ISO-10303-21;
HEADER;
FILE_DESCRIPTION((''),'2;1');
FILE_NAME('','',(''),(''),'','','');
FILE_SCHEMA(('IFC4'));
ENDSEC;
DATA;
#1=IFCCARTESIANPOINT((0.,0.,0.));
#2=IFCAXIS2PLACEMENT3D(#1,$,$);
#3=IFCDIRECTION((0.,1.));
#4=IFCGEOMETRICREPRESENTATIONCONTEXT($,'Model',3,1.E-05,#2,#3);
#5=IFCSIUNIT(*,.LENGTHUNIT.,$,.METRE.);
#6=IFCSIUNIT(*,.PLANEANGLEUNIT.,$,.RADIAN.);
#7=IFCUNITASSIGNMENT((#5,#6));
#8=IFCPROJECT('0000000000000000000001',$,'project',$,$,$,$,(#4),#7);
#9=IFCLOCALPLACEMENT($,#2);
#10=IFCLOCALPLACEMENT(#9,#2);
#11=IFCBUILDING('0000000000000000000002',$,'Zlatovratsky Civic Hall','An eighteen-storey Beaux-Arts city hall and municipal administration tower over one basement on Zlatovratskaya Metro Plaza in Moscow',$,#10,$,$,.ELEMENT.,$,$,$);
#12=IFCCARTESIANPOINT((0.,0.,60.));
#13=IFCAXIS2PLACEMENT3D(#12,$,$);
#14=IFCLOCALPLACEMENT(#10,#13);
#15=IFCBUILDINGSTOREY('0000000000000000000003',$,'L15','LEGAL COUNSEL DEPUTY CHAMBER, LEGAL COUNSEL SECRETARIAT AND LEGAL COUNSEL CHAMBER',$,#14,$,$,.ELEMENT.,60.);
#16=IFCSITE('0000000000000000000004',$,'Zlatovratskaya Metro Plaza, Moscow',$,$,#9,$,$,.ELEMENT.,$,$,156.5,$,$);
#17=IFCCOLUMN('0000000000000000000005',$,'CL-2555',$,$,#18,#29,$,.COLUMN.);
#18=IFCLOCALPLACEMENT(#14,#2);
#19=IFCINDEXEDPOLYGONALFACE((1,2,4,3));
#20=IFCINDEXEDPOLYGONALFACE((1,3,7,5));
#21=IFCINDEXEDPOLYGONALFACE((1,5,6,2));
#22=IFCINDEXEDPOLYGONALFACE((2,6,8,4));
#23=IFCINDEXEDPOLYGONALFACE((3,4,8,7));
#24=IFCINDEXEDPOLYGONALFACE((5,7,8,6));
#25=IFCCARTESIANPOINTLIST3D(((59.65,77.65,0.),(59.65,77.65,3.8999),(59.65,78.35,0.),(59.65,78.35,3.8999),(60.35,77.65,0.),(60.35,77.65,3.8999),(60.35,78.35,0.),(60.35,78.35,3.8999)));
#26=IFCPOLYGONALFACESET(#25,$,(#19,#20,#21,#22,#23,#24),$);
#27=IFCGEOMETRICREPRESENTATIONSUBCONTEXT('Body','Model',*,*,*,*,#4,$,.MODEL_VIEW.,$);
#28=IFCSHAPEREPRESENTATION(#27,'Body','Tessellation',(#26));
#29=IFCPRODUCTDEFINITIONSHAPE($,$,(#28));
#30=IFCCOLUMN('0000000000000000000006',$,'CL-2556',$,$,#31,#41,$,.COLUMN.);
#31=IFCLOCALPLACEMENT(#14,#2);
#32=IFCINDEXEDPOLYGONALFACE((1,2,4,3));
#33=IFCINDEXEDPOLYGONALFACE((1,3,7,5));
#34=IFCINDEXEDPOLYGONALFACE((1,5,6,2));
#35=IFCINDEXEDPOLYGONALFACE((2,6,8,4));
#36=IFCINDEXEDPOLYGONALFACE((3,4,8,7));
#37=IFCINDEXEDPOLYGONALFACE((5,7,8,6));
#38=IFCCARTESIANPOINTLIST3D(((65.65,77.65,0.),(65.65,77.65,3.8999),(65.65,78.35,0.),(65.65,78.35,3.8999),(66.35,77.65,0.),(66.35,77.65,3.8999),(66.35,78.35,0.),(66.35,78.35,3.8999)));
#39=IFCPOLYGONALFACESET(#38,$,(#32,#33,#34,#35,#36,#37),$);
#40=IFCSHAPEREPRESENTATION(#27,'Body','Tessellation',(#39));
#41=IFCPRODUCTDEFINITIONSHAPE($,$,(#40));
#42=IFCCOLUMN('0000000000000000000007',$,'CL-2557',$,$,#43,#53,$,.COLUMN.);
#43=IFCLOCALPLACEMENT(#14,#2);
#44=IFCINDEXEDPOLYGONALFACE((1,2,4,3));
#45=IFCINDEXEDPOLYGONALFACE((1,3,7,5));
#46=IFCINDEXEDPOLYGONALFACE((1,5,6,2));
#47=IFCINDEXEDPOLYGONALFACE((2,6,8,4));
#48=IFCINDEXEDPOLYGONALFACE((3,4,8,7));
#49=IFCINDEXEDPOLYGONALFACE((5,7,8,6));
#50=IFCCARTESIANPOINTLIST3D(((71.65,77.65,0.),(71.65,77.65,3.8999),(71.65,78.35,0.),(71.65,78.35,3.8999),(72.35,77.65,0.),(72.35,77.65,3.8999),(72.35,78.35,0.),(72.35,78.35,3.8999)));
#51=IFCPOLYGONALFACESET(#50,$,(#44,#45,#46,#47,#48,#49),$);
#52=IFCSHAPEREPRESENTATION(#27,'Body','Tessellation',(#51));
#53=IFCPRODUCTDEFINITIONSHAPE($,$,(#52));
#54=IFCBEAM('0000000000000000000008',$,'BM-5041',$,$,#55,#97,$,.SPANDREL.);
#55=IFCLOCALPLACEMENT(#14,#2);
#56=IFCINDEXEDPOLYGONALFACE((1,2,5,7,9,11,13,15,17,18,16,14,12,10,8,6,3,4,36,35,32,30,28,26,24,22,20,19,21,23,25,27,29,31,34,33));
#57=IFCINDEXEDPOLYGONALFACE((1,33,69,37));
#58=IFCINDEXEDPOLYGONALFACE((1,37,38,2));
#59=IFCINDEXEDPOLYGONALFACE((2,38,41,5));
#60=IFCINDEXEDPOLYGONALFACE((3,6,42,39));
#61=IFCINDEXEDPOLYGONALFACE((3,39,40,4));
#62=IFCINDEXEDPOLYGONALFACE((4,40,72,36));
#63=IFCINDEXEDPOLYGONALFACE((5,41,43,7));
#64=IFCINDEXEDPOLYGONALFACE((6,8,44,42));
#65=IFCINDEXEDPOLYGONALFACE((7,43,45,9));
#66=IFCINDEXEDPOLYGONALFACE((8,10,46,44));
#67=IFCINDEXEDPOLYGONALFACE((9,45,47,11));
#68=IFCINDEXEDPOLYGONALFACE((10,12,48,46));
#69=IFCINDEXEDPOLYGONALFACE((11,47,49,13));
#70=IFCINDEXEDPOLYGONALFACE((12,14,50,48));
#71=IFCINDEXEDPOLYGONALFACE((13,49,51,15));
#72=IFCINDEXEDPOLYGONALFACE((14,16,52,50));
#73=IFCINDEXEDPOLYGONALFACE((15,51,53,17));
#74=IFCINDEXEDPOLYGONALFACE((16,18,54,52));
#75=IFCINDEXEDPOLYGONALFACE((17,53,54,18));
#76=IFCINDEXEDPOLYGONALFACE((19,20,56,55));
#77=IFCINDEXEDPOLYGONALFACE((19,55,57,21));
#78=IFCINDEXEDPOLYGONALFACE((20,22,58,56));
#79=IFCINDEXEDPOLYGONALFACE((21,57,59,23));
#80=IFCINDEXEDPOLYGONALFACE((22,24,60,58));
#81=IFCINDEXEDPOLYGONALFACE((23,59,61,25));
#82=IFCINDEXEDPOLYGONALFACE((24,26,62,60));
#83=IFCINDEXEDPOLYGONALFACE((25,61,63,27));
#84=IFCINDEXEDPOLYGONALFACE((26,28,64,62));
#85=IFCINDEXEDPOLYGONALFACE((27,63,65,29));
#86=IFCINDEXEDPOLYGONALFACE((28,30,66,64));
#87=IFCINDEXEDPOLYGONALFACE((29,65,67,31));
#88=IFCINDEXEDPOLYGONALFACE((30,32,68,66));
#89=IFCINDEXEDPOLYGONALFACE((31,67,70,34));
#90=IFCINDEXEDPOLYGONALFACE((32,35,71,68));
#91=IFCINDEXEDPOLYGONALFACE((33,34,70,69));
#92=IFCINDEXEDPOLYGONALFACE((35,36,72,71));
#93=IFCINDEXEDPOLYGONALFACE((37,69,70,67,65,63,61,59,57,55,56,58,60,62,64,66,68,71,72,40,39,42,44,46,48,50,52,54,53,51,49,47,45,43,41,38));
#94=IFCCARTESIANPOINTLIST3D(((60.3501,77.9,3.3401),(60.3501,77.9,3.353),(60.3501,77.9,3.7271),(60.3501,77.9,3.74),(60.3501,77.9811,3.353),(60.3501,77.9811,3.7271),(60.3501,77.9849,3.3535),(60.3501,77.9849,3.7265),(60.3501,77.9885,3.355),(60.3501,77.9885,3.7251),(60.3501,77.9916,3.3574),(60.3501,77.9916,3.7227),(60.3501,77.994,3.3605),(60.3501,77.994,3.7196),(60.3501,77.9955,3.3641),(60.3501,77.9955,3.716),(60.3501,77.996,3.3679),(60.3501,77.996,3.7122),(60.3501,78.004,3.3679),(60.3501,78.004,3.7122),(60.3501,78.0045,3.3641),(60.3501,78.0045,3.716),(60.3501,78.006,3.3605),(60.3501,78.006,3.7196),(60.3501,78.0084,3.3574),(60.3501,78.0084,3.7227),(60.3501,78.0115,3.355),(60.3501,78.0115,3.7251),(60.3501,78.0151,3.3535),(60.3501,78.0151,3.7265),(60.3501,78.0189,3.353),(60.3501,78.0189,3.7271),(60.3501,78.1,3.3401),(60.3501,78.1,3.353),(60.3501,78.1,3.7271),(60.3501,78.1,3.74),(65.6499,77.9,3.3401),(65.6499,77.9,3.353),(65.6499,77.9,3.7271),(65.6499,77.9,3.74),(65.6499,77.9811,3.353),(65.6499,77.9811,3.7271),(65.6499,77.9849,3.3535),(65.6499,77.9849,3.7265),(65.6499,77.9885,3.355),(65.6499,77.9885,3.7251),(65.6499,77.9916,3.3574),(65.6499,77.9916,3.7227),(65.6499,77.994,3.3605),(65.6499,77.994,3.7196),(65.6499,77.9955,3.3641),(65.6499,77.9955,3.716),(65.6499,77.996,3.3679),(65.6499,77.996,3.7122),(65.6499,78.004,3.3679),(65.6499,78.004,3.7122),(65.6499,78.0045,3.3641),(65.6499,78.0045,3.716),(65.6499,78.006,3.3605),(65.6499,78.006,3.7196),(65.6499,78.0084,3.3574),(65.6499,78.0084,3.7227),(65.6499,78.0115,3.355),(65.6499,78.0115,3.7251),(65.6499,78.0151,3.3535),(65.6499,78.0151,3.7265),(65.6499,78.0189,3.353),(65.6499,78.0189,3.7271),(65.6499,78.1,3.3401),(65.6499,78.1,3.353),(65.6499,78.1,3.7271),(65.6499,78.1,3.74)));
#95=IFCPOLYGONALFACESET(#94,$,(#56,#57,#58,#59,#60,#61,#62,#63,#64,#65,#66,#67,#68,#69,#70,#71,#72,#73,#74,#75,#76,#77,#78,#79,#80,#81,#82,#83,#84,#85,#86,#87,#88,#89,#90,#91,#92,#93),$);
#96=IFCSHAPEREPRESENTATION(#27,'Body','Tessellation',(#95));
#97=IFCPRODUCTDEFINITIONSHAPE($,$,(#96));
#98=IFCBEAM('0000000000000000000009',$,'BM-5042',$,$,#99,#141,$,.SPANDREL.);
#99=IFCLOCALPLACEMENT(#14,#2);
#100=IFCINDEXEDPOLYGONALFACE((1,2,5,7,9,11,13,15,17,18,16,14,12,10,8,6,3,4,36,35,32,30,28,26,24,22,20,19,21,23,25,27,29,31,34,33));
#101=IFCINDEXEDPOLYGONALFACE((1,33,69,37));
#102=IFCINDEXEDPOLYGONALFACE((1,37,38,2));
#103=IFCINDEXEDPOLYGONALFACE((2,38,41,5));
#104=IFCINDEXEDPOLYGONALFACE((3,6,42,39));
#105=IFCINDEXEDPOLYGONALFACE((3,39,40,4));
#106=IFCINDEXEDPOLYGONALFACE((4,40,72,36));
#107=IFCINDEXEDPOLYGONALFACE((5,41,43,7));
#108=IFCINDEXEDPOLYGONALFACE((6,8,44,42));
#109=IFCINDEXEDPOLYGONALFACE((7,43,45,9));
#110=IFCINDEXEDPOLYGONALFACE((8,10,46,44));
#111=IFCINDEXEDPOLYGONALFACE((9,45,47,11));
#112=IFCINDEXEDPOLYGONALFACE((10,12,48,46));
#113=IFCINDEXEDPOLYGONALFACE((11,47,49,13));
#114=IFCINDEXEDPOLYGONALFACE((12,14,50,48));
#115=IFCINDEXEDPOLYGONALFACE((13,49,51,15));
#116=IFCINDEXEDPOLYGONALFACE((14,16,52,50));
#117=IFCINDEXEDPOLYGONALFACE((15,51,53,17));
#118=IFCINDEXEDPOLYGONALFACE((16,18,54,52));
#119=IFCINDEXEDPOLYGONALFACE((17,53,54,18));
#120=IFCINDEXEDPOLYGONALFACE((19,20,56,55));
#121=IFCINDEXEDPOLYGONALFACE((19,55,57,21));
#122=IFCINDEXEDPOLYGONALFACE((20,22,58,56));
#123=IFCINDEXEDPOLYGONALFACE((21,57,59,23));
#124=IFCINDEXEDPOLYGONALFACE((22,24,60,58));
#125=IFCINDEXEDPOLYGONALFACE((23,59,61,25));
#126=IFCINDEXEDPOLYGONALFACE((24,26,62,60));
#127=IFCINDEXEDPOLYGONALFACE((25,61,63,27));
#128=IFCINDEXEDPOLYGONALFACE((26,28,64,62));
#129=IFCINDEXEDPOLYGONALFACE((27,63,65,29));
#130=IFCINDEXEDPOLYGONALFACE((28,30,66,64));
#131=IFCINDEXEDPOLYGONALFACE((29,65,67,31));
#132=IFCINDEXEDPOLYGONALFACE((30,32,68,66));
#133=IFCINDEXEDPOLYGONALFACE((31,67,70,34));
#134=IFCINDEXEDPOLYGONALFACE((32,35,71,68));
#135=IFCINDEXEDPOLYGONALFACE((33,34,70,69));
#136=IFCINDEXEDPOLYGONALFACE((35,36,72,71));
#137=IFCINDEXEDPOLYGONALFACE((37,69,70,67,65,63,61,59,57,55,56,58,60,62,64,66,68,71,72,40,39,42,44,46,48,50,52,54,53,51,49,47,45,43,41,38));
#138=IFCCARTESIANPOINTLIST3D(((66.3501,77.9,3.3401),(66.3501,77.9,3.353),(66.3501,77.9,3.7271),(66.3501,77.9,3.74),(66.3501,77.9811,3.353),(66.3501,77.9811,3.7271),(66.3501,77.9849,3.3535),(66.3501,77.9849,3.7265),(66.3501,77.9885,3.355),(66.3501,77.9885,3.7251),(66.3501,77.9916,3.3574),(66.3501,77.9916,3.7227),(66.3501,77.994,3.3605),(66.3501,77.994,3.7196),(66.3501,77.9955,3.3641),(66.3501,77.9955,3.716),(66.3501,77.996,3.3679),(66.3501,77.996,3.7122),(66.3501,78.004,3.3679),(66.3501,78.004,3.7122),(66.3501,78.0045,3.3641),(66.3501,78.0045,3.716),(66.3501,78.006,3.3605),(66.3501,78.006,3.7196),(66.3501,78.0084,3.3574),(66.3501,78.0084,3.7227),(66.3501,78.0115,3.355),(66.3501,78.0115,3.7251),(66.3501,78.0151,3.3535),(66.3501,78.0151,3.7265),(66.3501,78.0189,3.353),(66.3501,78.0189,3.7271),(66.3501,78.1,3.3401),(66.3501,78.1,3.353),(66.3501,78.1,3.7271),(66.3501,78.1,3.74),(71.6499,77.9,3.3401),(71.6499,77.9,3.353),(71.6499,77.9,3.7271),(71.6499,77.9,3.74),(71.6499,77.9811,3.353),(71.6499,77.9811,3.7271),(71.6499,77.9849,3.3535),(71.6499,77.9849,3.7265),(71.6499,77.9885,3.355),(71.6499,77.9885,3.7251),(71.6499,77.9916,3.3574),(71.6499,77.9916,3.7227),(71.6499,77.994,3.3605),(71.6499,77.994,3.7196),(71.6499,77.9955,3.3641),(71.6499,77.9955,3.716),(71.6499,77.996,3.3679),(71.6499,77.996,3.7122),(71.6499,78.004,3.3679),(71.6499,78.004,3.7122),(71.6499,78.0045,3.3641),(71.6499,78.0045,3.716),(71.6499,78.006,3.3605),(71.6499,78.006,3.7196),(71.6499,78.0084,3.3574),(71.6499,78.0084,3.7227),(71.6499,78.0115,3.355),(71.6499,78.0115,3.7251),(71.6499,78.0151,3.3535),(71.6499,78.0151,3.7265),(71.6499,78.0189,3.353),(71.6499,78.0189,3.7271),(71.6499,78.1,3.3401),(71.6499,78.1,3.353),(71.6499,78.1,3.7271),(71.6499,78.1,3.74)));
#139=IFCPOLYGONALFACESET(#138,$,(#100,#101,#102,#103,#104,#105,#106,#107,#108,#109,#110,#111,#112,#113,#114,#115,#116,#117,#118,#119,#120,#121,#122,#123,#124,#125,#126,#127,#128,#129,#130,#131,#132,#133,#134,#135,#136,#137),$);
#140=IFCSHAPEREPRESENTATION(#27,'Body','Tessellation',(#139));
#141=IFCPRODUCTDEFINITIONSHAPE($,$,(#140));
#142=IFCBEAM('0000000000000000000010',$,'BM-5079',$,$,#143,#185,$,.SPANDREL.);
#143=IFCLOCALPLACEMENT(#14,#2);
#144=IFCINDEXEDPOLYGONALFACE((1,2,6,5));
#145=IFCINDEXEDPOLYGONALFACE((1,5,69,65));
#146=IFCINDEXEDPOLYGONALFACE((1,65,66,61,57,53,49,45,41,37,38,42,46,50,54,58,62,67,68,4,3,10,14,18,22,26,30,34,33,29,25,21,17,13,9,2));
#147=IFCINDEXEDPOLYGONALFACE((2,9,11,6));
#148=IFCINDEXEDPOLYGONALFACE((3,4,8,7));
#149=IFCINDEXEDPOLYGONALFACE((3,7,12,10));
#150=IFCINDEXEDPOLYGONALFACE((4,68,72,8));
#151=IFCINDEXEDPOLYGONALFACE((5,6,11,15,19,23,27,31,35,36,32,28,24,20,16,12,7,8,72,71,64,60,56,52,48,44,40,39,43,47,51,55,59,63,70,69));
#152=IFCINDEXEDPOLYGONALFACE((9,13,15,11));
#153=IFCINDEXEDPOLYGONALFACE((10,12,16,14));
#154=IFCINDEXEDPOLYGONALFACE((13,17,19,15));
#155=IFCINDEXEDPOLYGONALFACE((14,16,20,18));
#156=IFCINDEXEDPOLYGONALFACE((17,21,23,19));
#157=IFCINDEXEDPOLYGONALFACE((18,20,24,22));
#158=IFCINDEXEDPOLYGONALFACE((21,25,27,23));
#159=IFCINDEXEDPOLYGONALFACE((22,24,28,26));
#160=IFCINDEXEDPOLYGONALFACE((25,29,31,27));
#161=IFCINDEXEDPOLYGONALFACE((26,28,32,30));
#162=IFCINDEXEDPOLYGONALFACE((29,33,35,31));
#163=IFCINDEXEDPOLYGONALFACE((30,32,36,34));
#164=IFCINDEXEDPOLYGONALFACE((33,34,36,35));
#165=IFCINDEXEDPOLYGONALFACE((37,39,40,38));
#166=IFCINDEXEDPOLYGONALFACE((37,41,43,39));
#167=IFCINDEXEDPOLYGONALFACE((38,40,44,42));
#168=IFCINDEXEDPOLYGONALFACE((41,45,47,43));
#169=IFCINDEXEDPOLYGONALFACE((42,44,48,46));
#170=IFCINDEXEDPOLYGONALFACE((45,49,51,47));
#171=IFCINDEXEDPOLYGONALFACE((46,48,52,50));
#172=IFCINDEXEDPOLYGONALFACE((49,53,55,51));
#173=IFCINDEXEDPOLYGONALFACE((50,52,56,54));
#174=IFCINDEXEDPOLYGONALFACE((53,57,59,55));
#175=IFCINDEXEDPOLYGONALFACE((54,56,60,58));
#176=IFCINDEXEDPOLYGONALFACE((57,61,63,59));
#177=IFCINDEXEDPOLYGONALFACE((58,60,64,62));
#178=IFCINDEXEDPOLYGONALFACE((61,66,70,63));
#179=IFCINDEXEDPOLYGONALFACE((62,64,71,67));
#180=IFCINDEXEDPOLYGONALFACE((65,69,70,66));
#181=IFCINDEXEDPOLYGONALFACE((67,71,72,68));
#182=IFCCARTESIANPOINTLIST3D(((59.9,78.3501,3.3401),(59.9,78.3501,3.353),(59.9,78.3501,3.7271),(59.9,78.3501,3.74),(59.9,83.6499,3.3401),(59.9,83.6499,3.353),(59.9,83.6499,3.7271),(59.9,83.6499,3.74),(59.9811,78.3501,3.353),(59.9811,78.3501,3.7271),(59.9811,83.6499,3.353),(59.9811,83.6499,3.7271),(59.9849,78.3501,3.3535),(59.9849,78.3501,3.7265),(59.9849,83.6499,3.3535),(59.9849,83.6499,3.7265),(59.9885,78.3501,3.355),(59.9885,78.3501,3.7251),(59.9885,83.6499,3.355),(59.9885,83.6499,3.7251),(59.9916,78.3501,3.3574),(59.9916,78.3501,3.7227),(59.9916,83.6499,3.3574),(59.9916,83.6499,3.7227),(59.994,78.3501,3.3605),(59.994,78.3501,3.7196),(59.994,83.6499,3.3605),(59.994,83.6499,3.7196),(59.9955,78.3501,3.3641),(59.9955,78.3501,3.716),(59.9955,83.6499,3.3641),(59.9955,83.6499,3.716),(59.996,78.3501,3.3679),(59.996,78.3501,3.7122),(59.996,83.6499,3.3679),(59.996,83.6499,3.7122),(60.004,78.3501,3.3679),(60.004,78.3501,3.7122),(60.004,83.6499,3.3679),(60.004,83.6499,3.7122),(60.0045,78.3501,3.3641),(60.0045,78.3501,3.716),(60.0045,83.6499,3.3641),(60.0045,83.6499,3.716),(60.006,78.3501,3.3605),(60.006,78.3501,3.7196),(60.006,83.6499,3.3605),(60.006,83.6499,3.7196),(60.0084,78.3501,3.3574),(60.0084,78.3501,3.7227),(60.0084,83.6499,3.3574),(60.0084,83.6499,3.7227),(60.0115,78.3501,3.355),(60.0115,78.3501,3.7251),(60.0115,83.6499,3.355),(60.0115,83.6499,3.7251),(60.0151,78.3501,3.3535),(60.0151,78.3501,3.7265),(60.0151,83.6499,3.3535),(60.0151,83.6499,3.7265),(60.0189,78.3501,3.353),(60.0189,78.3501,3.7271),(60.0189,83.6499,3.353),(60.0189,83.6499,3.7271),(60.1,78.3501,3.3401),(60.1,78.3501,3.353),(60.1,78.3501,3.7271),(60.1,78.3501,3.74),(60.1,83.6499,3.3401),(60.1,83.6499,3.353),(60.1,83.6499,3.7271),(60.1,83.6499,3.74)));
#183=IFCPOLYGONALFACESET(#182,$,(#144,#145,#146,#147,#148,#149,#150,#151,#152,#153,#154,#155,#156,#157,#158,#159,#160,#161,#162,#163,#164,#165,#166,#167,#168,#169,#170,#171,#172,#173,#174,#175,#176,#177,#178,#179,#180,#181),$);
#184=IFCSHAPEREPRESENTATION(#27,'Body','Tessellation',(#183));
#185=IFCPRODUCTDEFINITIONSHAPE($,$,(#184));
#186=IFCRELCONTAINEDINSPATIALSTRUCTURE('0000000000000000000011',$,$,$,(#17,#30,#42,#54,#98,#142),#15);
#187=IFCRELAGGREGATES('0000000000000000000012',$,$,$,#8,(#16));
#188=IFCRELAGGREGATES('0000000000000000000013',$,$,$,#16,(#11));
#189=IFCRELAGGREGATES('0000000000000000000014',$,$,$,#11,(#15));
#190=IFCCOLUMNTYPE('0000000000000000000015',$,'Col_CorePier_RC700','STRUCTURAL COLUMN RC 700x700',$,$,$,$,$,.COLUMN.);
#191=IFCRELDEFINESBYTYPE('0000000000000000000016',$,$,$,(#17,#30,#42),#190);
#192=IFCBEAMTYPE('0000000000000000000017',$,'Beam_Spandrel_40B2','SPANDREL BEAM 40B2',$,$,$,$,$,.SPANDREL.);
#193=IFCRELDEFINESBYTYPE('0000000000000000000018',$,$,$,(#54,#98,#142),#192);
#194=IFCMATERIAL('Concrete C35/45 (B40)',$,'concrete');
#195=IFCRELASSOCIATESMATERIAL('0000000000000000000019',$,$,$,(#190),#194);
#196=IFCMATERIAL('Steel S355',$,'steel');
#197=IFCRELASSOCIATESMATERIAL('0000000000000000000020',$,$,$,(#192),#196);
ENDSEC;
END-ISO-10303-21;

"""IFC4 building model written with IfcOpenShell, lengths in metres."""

from ifc_helpers import new_model, si_unit, direction, frame, origin, origin_2d, place, context, subcontext, project, spatial, rectangle, i_section, extrude, material, material_profile, profile_set, type_object, element, save


model = new_model("IFC4")

# Units and contexts
model_context = context("Model", 3, precision=1e-05, world=origin(), true_north=direction((0.0, 1.0)))
body_context = subcontext(model_context, "Body", "Model", "MODEL_VIEW")
ifc_project = project(units=[si_unit("LENGTHUNIT", "METRE"), si_unit("PLANEANGLEUNIT", "RADIAN")], contexts=[model_context])

# Site, building, storey
site_placement = place(None, origin())
site = spatial("IfcSite", under=ifc_project, at=site_placement, Name="Zlatovratskaya Metro Plaza, Moscow", CompositionType="ELEMENT", RefElevation=156.5)
building_placement = place(site_placement, origin())
building = spatial("IfcBuilding", under=site, at=building_placement, Name="Zlatovratsky Civic Hall", Description="An eighteen-storey Beaux-Arts city hall and municipal administration tower over one basement on Zlatovratskaya Metro Plaza in Moscow", CompositionType="ELEMENT")
storey_placement = place(building_placement, frame((0.0, 0.0, 60.0)))
storey = spatial("IfcBuildingStorey", under=building, at=storey_placement, Name="L15", Description="LEGAL COUNSEL DEPUTY CHAMBER, LEGAL COUNSEL SECRETARIAT AND LEGAL COUNSEL CHAMBER", CompositionType="ELEMENT", Elevation=60.0)

# Columns
ifc_material_1 = material(Name="Concrete C35/45 (B40)", Category="concrete")
ifc_material_profile_1 = material_profile(ifc_material_1, rectangle(XDim=0.7, YDim=0.7, at=origin_2d()), Name="RC 700x700")
ifc_profile_set_1 = profile_set([ifc_material_profile_1], Name="Concrete C35/45 (B40)")
column_type = type_object("IfcColumnType", Name="Col_CorePier_RC700", Description="STRUCTURAL COLUMN RC 700x700", PredefinedType="COLUMN", material=ifc_profile_set_1)
for number, where, z_axis, x_axis, name in (
    (1, (60.0, 78.0, 0.0), (0.0, 0.0, 1.0), (1.0, 0.0, 0.0), "CL-2555"),
    (2, (66.0, 78.0, 0.0), (0.0, 0.0, 1.0), (1.0, 0.0, 0.0), "CL-2556"),
    (3, (72.0, 78.0, 0.0), (0.0, 0.0, 1.0), (1.0, 0.0, 0.0), "CL-2557"),
):
    element("IfcColumn", number, at=place(storey_placement, frame(where, z_axis=z_axis, x_axis=x_axis)), inside=storey, type_object=column_type, Name=name, PredefinedType="COLUMN", context=body_context, shape_type="SweptSolid", body=[
        extrude(rectangle(XDim=0.7, YDim=0.7, at=origin_2d()), origin(), (0.0, 0.0, 1.0), 3.8999),
    ])

# Beams
ifc_material_2 = material(Name="Steel S355", Category="steel")
ifc_material_profile_2 = material_profile(ifc_material_2, i_section(OverallWidth=0.2, OverallDepth=0.3999, WebThickness=0.0081, FlangeThickness=0.0129, FilletRadius=0.0149, at=origin_2d()), Name="40B2")
ifc_profile_set_2 = profile_set([ifc_material_profile_2], Name="Steel S355")
beam_type_1 = type_object("IfcBeamType", Name="Beam_Spandrel_40B2", Description="SPANDREL BEAM 40B2", PredefinedType="SPANDREL", material=ifc_profile_set_2)
for number, where, z_axis, x_axis, name in (
    (4, (60.3501, 78.0, 3.54), (1.0, 0.0, 0.0), (0.0, 1.0, 0.0), "BM-5041"),
    (5, (66.3501, 78.0, 3.54), (1.0, 0.0, 0.0), (0.0, 1.0, 0.0), "BM-5042"),
    (6, (60.0, 78.3501, 3.54), (0.0, 1.0, 0.0), (-1.0, 0.0, 0.0), "BM-5079"),
):
    element("IfcBeam", number, at=place(storey_placement, frame(where, z_axis=z_axis, x_axis=x_axis)), inside=storey, type_object=beam_type_1, Name=name, PredefinedType="SPANDREL", context=body_context, shape_type="SweptSolid", body=[
        extrude(i_section(OverallWidth=0.2, OverallDepth=0.3999, WebThickness=0.0081, FlangeThickness=0.0129, FilletRadius=0.0149, at=origin_2d()), origin(), (0.0, 0.0, 1.0), 5.2998),
    ])

save(model, "model.ifc")
